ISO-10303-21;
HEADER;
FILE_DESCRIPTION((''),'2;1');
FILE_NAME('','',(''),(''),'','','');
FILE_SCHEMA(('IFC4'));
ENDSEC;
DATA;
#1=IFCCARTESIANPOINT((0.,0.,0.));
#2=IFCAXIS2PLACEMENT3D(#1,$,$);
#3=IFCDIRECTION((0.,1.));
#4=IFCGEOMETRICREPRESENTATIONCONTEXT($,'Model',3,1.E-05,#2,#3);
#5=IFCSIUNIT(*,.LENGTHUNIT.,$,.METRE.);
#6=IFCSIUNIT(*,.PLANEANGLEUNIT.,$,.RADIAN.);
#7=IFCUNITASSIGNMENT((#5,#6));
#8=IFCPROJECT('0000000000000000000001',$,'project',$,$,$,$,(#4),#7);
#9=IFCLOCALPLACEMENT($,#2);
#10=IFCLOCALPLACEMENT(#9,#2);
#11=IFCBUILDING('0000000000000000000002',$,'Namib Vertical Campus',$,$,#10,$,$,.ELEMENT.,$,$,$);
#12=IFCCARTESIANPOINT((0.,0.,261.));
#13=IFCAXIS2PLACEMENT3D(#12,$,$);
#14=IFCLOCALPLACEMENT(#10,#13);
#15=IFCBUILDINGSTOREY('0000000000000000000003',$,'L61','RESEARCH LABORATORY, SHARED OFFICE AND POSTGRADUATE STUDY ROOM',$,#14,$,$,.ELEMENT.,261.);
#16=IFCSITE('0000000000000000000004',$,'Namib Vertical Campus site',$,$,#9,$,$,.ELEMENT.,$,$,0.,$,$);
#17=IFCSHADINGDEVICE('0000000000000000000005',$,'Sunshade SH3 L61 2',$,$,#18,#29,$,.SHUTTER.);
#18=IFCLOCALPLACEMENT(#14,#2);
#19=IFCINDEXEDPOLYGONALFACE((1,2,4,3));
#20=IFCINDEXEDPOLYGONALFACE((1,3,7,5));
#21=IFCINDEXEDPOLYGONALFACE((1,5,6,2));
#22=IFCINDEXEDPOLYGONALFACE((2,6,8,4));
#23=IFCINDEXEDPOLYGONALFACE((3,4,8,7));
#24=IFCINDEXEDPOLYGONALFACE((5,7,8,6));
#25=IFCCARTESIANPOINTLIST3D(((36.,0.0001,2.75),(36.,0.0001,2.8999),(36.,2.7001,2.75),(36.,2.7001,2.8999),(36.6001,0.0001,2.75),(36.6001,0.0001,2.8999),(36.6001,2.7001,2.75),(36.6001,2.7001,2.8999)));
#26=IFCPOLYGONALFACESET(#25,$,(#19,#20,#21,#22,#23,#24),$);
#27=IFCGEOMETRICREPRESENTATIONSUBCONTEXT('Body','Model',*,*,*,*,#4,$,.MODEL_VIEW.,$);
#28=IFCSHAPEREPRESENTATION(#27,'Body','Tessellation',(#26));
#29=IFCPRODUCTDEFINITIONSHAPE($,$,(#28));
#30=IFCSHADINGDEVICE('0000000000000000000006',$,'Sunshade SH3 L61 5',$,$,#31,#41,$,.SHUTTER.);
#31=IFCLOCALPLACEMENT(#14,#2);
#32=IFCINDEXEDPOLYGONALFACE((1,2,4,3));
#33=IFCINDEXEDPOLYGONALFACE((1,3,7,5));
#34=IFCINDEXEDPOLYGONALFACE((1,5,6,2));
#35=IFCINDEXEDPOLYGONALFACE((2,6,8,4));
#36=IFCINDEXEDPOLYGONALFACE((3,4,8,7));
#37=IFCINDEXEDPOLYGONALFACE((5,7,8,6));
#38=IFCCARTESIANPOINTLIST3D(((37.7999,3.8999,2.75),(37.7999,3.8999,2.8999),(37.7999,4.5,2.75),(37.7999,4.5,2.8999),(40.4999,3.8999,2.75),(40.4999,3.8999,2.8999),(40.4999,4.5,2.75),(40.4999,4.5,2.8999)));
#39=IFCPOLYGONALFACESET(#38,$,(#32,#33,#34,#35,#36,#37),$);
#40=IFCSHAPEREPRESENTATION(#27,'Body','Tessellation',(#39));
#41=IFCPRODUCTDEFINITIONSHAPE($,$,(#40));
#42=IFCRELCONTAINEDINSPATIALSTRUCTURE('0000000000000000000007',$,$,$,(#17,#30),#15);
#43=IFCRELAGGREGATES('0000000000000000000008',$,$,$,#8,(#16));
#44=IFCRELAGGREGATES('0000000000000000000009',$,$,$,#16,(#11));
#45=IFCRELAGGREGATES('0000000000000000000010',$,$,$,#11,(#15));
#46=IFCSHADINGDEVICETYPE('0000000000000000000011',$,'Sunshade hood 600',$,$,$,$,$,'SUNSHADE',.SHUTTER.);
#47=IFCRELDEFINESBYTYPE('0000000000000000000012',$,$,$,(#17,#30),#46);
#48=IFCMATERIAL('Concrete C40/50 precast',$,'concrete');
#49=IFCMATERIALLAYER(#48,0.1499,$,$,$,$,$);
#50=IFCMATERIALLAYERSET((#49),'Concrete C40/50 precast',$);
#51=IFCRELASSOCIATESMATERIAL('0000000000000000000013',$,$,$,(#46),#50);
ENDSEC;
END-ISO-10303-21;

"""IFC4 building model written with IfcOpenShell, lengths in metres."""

from ifc_helpers import new_model, si_unit, direction, frame, origin, origin_2d, place, context, subcontext, project, spatial, rectangle, extrude, material, layer, layer_set, type_object, element, save


model = new_model("IFC4")

# Units and contexts
model_context = context("Model", 3, precision=1e-05, world=origin(), true_north=direction((0.0, 1.0)))
body_context = subcontext(model_context, "Body", "Model", "MODEL_VIEW")
ifc_project = project(units=[si_unit("LENGTHUNIT", "METRE"), si_unit("PLANEANGLEUNIT", "RADIAN")], contexts=[model_context])

# Site, building, storey
site_placement = place(None, origin())
site = spatial("IfcSite", under=ifc_project, at=site_placement, Name="Namib Vertical Campus site", CompositionType="ELEMENT", RefElevation=0.0)
building_placement = place(site_placement, origin())
building = spatial("IfcBuilding", under=site, at=building_placement, Name="Namib Vertical Campus", CompositionType="ELEMENT")
storey_placement = place(building_placement, frame((0.0, 0.0, 261.0)))
storey = spatial("IfcBuildingStorey", under=building, at=storey_placement, Name="L61", Description="RESEARCH LABORATORY, SHARED OFFICE AND POSTGRADUATE STUDY ROOM", CompositionType="ELEMENT", Elevation=261.0)

# Shading devices
ifc_material_1 = material(Name="Concrete C40/50 precast", Category="concrete")
ifc_layer_1 = layer(ifc_material_1, 0.1499)
ifc_layer_set_1 = layer_set([ifc_layer_1], Name="Concrete C40/50 precast")
shading_device_type = type_object("IfcShadingDeviceType", Name="Sunshade hood 600", ElementType="SUNSHADE", PredefinedType="SHUTTER", material=ifc_layer_set_1)
for number, where, z_axis, x_axis, name in (
    (1, (36.3, 1.3501, 2.75), (0.0, 0.0, 1.0), (0.0, 1.0, 0.0), "Sunshade SH3 L61 2"),
    (2, (39.1499, 4.2, 2.75), (0.0, 0.0, 1.0), (1.0, 0.0, 0.0), "Sunshade SH3 L61 5"),
):
    element("IfcShadingDevice", number, at=place(storey_placement, frame(where, z_axis=z_axis, x_axis=x_axis)), inside=storey, type_object=shading_device_type, Name=name, PredefinedType="SHUTTER", context=body_context, shape_type="SweptSolid", body=[
        extrude(rectangle(XDim=2.7, YDim=0.6001, at=origin_2d()), origin(), (0.0, 0.0, 1.0), 0.1499),
    ])

save(model, "model.ifc")
